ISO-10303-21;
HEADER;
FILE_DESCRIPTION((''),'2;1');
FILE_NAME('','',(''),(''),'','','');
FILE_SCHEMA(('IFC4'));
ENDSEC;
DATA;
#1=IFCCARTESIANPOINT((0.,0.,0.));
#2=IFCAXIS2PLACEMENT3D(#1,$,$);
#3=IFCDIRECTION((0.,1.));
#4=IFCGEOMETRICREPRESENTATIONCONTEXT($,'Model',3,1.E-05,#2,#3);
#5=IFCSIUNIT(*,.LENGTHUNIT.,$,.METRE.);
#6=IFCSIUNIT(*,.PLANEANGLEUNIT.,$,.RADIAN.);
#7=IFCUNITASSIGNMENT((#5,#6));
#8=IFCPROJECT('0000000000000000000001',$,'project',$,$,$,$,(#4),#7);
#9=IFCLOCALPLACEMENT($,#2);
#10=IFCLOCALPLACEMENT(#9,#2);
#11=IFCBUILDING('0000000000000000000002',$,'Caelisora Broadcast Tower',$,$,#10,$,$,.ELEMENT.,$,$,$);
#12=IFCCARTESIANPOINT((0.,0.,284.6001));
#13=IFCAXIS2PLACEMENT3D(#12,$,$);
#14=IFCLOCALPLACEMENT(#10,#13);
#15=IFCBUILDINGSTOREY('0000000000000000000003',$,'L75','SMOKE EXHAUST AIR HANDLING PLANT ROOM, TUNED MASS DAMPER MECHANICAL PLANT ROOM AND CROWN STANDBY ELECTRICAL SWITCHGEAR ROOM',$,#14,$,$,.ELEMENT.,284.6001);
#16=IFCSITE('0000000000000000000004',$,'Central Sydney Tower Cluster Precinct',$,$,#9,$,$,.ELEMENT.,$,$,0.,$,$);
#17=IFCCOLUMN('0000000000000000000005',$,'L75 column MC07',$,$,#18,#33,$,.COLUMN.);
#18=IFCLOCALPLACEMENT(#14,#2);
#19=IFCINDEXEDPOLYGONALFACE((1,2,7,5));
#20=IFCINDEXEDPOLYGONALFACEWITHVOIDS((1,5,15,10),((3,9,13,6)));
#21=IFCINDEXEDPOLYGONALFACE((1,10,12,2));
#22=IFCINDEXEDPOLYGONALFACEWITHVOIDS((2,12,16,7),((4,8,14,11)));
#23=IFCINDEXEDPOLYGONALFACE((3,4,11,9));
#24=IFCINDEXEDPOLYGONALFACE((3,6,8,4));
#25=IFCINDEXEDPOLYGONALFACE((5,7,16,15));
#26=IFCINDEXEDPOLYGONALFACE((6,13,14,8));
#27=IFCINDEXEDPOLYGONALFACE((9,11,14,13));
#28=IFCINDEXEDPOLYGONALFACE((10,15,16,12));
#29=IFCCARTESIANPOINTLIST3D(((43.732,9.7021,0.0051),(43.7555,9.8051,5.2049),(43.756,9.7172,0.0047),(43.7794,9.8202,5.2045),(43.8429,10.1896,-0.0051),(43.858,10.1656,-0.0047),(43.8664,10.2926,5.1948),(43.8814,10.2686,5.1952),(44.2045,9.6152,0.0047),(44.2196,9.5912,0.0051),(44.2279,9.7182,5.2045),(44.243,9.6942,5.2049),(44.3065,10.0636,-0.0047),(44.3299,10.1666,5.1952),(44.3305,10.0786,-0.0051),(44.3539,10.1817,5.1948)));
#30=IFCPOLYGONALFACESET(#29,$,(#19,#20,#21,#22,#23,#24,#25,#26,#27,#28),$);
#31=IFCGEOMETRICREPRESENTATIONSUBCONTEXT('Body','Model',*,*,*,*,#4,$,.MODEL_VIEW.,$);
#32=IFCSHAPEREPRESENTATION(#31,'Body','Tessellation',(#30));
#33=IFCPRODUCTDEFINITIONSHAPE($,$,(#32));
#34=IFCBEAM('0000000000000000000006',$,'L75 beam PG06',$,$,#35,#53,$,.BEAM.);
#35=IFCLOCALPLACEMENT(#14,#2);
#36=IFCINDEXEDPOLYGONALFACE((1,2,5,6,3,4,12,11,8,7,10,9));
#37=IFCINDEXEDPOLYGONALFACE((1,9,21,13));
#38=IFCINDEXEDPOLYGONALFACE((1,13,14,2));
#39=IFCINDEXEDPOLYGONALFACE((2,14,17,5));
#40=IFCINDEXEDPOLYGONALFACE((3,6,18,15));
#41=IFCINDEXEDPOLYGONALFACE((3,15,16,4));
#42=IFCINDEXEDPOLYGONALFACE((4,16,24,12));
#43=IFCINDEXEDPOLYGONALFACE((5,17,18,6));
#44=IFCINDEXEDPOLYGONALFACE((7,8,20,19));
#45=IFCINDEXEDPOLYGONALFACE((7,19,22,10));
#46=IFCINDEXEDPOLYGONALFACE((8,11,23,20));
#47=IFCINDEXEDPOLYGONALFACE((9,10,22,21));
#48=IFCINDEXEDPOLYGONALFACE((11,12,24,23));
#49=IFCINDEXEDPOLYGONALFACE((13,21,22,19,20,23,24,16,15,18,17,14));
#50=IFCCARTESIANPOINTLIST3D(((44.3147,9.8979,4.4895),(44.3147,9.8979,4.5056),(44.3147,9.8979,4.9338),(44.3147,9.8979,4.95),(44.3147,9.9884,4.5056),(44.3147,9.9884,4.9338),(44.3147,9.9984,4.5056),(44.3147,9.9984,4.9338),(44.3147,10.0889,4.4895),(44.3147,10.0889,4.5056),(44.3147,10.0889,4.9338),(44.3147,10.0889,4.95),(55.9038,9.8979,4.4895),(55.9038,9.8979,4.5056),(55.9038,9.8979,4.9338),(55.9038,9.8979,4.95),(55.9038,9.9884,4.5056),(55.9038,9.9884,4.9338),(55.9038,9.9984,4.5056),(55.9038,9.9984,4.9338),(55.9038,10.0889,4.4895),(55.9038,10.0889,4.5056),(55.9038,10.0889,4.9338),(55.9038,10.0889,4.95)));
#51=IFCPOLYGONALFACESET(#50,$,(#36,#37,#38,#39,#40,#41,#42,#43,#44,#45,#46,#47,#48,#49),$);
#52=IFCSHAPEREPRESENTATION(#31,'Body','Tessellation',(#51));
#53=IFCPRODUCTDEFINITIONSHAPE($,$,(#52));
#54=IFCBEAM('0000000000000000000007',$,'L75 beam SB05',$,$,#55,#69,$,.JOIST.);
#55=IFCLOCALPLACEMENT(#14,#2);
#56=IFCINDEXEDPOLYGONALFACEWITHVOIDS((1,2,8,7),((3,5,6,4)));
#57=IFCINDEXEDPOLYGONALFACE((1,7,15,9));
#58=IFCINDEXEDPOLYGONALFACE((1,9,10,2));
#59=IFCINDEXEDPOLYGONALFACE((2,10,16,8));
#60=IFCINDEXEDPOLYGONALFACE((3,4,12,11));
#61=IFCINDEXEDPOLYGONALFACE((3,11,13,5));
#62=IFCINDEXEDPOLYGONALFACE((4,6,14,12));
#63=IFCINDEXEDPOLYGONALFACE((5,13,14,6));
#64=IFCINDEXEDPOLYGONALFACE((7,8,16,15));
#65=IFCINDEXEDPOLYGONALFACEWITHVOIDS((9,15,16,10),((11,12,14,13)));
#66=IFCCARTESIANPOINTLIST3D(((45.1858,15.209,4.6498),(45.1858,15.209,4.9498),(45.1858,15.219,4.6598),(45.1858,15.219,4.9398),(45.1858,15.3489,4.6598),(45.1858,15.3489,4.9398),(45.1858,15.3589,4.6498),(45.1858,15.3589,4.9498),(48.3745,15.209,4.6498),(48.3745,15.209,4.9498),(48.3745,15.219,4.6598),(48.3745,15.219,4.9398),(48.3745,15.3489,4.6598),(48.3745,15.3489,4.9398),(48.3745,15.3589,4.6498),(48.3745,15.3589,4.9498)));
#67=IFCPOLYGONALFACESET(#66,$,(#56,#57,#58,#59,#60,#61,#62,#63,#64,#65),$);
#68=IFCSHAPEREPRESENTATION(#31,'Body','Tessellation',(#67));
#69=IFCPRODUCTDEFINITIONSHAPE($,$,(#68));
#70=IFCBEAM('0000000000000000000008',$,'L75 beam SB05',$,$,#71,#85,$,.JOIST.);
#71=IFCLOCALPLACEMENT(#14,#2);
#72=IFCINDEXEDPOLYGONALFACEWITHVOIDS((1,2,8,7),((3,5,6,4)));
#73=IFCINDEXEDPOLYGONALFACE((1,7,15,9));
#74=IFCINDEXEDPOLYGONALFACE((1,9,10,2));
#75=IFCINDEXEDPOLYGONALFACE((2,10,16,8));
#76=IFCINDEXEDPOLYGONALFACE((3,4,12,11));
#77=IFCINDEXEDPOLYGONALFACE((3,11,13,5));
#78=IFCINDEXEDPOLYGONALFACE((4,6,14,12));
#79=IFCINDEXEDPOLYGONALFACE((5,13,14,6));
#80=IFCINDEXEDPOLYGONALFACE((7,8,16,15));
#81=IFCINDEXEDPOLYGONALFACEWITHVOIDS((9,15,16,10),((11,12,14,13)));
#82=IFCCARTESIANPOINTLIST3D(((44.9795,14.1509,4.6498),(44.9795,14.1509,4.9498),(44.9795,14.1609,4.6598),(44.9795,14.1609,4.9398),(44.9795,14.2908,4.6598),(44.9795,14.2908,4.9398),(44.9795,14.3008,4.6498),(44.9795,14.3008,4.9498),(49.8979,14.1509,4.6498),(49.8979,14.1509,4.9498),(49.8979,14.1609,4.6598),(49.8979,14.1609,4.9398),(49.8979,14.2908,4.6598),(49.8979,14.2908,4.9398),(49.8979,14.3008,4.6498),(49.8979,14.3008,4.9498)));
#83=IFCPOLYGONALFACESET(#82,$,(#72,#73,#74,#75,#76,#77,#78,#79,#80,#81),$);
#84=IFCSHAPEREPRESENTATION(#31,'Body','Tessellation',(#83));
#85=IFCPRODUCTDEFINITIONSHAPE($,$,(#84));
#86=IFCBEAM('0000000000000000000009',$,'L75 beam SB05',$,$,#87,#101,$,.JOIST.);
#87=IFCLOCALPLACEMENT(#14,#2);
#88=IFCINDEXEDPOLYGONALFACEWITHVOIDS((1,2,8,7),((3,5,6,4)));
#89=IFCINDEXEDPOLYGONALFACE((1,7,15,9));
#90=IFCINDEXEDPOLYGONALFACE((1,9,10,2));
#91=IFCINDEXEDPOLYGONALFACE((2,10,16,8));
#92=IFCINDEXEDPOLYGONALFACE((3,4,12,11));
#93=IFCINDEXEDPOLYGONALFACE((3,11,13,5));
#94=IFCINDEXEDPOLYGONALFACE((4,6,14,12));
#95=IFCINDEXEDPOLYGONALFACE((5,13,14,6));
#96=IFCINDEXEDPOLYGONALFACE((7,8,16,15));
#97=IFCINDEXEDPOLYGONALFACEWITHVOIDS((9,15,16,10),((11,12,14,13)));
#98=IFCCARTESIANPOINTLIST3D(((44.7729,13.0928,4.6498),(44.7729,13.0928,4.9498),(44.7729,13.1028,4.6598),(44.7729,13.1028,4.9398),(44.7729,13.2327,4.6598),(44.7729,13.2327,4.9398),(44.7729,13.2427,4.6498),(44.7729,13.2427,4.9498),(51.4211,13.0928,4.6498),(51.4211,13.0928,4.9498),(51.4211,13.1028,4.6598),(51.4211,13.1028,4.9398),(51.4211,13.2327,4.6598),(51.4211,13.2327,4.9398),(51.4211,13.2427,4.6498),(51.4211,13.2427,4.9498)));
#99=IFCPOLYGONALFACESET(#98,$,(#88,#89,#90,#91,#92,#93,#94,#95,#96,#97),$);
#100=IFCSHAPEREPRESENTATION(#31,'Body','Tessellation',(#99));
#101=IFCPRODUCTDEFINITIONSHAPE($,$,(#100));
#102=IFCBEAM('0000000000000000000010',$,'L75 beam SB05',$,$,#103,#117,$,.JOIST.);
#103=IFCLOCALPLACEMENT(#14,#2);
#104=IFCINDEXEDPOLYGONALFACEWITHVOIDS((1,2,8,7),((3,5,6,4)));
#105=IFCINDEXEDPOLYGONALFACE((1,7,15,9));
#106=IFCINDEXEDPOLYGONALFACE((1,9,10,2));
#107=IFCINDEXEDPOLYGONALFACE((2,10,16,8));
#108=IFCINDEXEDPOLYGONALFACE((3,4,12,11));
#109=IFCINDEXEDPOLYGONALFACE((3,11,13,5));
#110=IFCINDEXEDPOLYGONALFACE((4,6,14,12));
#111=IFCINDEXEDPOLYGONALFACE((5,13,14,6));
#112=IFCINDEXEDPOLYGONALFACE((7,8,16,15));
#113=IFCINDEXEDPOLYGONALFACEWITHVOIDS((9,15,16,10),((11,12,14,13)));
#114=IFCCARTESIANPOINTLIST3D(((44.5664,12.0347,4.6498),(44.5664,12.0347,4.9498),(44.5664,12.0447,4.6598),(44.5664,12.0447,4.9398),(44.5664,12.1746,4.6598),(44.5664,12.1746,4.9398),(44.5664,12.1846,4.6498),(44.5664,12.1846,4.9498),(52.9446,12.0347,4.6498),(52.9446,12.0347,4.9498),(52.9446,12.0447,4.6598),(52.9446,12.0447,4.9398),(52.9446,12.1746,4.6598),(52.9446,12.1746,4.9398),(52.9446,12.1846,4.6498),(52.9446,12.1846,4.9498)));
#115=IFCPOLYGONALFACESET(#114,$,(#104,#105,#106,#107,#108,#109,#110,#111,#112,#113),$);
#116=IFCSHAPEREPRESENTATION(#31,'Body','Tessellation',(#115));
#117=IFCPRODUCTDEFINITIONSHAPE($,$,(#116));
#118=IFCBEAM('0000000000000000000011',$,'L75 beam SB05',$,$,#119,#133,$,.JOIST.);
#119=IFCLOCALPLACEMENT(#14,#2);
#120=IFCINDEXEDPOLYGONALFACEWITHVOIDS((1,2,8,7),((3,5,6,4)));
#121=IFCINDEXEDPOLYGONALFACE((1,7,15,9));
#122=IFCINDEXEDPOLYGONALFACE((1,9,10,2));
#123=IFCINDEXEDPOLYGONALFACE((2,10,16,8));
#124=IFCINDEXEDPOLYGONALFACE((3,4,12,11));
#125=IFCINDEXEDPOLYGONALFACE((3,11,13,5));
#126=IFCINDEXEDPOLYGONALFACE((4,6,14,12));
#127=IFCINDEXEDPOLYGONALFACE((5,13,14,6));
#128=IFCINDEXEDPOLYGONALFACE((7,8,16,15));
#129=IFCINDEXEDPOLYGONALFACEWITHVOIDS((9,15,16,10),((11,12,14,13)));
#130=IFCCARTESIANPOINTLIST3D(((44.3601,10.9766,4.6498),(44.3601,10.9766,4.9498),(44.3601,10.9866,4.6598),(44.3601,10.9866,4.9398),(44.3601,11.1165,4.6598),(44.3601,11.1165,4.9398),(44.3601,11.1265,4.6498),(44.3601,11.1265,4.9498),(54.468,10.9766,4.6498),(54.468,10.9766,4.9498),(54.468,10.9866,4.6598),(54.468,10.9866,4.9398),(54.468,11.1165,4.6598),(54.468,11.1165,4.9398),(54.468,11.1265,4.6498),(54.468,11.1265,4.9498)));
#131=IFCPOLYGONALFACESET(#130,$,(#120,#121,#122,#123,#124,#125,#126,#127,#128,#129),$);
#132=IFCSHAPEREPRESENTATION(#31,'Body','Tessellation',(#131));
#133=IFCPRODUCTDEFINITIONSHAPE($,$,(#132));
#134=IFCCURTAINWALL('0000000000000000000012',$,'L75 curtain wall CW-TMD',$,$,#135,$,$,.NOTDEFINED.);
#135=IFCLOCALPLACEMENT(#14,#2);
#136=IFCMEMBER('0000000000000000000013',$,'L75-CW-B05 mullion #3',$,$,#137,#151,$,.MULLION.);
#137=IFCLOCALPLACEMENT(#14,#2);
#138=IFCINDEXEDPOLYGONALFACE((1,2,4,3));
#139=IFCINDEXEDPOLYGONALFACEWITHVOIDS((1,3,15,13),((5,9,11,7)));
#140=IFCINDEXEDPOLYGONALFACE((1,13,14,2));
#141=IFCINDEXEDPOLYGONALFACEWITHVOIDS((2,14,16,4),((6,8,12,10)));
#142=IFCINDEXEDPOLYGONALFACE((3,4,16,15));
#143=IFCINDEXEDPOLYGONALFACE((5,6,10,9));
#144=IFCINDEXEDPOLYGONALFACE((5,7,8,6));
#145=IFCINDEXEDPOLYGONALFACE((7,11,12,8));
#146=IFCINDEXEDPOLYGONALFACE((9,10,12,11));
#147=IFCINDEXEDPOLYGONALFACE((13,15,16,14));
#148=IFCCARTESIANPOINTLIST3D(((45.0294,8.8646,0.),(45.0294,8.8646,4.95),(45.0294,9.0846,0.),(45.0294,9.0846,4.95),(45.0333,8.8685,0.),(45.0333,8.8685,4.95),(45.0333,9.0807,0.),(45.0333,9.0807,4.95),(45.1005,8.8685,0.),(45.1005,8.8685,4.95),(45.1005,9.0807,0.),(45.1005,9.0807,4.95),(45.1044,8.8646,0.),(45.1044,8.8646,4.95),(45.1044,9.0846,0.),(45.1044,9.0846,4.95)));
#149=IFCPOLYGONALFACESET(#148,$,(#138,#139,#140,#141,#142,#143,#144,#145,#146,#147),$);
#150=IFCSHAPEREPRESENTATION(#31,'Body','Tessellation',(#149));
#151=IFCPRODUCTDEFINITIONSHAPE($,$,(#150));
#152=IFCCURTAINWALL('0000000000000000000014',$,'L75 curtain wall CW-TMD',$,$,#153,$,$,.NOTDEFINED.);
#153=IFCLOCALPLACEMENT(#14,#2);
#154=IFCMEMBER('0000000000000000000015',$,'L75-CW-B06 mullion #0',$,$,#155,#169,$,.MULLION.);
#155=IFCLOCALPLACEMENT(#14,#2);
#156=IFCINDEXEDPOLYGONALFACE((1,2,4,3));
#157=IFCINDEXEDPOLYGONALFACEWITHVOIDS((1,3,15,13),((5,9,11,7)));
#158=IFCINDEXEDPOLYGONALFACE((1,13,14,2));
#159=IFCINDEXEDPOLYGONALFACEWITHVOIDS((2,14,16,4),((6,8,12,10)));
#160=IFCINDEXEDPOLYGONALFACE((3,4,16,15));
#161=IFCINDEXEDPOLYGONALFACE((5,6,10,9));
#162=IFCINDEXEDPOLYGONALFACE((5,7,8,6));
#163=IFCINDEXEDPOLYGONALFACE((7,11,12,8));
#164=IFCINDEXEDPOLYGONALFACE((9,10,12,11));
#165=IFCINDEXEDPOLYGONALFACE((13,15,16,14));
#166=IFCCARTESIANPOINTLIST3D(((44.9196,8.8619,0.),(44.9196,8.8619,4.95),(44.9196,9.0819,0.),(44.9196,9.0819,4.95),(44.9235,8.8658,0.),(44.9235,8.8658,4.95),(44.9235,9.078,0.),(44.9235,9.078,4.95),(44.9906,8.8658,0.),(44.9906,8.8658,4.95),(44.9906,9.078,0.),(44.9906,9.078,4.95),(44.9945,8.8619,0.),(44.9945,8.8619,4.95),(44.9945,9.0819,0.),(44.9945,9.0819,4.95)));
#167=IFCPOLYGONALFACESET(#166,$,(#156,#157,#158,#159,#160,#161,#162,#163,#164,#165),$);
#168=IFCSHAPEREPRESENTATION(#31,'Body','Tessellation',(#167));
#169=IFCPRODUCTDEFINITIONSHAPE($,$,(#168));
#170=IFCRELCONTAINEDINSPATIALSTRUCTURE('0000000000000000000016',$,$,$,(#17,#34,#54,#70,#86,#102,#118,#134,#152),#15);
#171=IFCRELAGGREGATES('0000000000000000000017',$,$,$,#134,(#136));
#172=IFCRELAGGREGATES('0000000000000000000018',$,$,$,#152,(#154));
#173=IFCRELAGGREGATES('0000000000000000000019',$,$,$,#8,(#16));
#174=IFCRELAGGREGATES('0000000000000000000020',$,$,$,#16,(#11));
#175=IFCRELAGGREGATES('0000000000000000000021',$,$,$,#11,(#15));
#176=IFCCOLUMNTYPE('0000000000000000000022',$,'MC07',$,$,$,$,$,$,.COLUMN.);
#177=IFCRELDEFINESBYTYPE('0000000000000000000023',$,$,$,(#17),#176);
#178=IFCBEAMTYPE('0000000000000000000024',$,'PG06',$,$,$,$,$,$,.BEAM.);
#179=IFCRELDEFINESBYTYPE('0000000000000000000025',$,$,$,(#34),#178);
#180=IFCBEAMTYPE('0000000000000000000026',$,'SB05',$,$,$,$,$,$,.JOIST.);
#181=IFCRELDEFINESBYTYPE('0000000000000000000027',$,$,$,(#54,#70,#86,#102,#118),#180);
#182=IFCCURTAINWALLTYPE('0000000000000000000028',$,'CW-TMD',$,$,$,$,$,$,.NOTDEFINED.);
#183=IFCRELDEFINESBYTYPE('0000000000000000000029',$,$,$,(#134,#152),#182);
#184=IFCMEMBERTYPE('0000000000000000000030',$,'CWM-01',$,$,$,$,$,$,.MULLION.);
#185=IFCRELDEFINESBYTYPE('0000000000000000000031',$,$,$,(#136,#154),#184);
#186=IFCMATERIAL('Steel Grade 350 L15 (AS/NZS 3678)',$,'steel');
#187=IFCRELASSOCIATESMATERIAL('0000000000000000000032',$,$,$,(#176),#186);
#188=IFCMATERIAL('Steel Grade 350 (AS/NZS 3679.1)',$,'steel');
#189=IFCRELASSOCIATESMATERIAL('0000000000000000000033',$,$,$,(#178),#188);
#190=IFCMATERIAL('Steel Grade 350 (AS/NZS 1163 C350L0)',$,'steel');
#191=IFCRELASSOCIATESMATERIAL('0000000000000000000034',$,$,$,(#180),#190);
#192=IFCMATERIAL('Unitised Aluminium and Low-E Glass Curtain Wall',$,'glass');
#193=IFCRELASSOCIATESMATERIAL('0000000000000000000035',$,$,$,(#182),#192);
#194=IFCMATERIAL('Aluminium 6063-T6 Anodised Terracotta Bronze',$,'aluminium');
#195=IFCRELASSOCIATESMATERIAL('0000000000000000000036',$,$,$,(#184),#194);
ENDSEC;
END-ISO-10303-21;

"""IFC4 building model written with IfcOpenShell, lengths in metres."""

from ifc_helpers import new_model, si_unit, direction, frame, origin, origin_2d, place, context, subcontext, project, spatial, hollow_rectangle, i_section, extrude, source, transform, mapped, material, material_profile, profile_set, type_object, type_shapes, element, aggregate, save


model = new_model("IFC4")

# Units and contexts
model_context = context("Model", 3, precision=1e-05, world=origin(), true_north=direction((0.0, 1.0)))
body_context = subcontext(model_context, "Body", "Model", "MODEL_VIEW")
ifc_project = project(units=[si_unit("LENGTHUNIT", "METRE"), si_unit("PLANEANGLEUNIT", "RADIAN")], contexts=[model_context])

# Site, building, storey
site_placement = place(None, origin())
site = spatial("IfcSite", under=ifc_project, at=site_placement, Name="Central Sydney Tower Cluster Precinct", CompositionType="ELEMENT", RefElevation=0.0)
building_placement = place(site_placement, origin())
building = spatial("IfcBuilding", under=site, at=building_placement, Name="Caelisora Broadcast Tower", CompositionType="ELEMENT")
storey_placement = place(building_placement, frame((0.0, 0.0, 284.6001)))
storey = spatial("IfcBuildingStorey", under=building, at=storey_placement, Name="L75", Description="SMOKE EXHAUST AIR HANDLING PLANT ROOM, TUNED MASS DAMPER MECHANICAL PLANT ROOM AND CROWN STANDBY ELECTRICAL SWITCHGEAR ROOM", CompositionType="ELEMENT", Elevation=284.6001)

# Column
ifc_material_1 = material(Name="Steel Grade 350 L15 (AS/NZS 3678)", Category="steel")
ifc_material_profile_1 = material_profile(ifc_material_1, hollow_rectangle(XDim=0.5, YDim=0.5, WallThickness=0.02, at=origin_2d()), Name="Steel Grade 350 L15 (AS/NZS 3678)")
ifc_profile_set_1 = profile_set([ifc_material_profile_1], Name="Steel Grade 350 L15 (AS/NZS 3678)")
column_type = type_object("IfcColumnType", Name="MC07", PredefinedType="COLUMN", material=ifc_profile_set_1)
shared_shape_1 = source(origin(), body_context, "Body", "SweptSolid", [
    extrude(hollow_rectangle(XDim=0.5, YDim=0.5, WallThickness=0.02, at=origin_2d()), origin(), (0.0, 0.0, 1.0), 5.2009),
])
type_shapes(column_type, [shared_shape_1])
column_placement = place(storey_placement, frame((44.0312, 9.8904, 0.0), z_axis=(0.004506, 0.019809, 0.999794), x_axis=(-0.975087, 0.221821, 0.0)))
element("IfcColumn", 1, at=column_placement, inside=storey, type_object=column_type, Name="L75 column MC07", PredefinedType="COLUMN", context=body_context, shape_type="MappedRepresentation", body=[
    mapped(shared_shape_1, transform((0.0, 0.0, 0.0), scale=1.0)),
])

# Beams
ifc_material_2 = material(Name="Steel Grade 350 (AS/NZS 3679.1)", Category="steel")
ifc_material_profile_2 = material_profile(ifc_material_2, i_section(OverallWidth=0.1909, OverallDepth=0.4604, WebThickness=0.01, FlangeThickness=0.0161, at=origin_2d()), Name="Steel Grade 350 (AS/NZS 3679.1)")
ifc_profile_set_2 = profile_set([ifc_material_profile_2], Name="Steel Grade 350 (AS/NZS 3679.1)")
beam_type_1 = type_object("IfcBeamType", Name="PG06", PredefinedType="BEAM", material=ifc_profile_set_2)
shared_shape_2 = source(origin(), body_context, "Body", "SweptSolid", [
    extrude(i_section(OverallWidth=0.1909, OverallDepth=0.4604, WebThickness=0.01, FlangeThickness=0.0161, at=origin_2d()), origin(), (0.0, 0.0, 1.0), 11.5891),
])
type_shapes(beam_type_1, [shared_shape_2])
beam_1_placement = place(storey_placement, frame((44.3147, 9.9934, 4.7197), z_axis=(1.0, 0.0, 0.0), x_axis=(0.0, 1.0, 0.0)))
element("IfcBeam", 2, at=beam_1_placement, inside=storey, type_object=beam_type_1, Name="L75 beam PG06", PredefinedType="BEAM", context=body_context, shape_type="MappedRepresentation", body=[
    mapped(shared_shape_2, transform((0.0, 0.0, 0.0), scale=1.0)),
])
ifc_material_3 = material(Name="Steel Grade 350 (AS/NZS 1163 C350L0)", Category="steel")
ifc_material_profile_3 = material_profile(ifc_material_3, hollow_rectangle(XDim=0.1499, YDim=0.3, WallThickness=0.01, at=origin_2d()), Name="Steel Grade 350 (AS/NZS 1163 C350L0)")
ifc_profile_set_3 = profile_set([ifc_material_profile_3], Name="Steel Grade 350 (AS/NZS 1163 C350L0)")
beam_type_2 = type_object("IfcBeamType", Name="SB05", PredefinedType="JOIST", material=ifc_profile_set_3)
shared_shape_3 = source(origin(), body_context, "Body", "SweptSolid", [
    extrude(hollow_rectangle(XDim=0.1499, YDim=0.3, WallThickness=0.01, at=origin_2d()), origin(), (0.0, 0.0, 1.0), 3.1887),
])
beam_2_placement = place(storey_placement, frame((45.1858, 15.2839, 4.7998), z_axis=(1.0, 0.0, 0.0), x_axis=(0.0, 1.0, 0.0)))
element("IfcBeam", 3, at=beam_2_placement, inside=storey, type_object=beam_type_2, Name="L75 beam SB05", PredefinedType="JOIST", context=body_context, shape_type="MappedRepresentation", body=[
    mapped(shared_shape_3, transform((0.0, 0.0, 0.0), scale=1.0)),
])
shared_shape_4 = source(origin(), body_context, "Body", "SweptSolid", [
    extrude(hollow_rectangle(XDim=0.1499, YDim=0.3, WallThickness=0.01, at=origin_2d()), origin(), (0.0, 0.0, 1.0), 4.9185),
])
beam_3_placement = place(storey_placement, frame((44.9795, 14.2258, 4.7998), z_axis=(1.0, 0.0, 0.0), x_axis=(0.0, 1.0, 0.0)))
element("IfcBeam", 4, at=beam_3_placement, inside=storey, type_object=beam_type_2, Name="L75 beam SB05", PredefinedType="JOIST", context=body_context, shape_type="MappedRepresentation", body=[
    mapped(shared_shape_4, transform((0.0, 0.0, 0.0), scale=1.0)),
])
shared_shape_5 = source(origin(), body_context, "Body", "SweptSolid", [
    extrude(hollow_rectangle(XDim=0.1499, YDim=0.3, WallThickness=0.01, at=origin_2d()), origin(), (0.0, 0.0, 1.0), 6.6482),
])
beam_4_placement = place(storey_placement, frame((44.7729, 13.1677, 4.7998), z_axis=(1.0, 0.0, 0.0), x_axis=(0.0, 1.0, 0.0)))
element("IfcBeam", 5, at=beam_4_placement, inside=storey, type_object=beam_type_2, Name="L75 beam SB05", PredefinedType="JOIST", context=body_context, shape_type="MappedRepresentation", body=[
    mapped(shared_shape_5, transform((0.0, 0.0, 0.0), scale=1.0)),
])
shared_shape_6 = source(origin(), body_context, "Body", "SweptSolid", [
    extrude(hollow_rectangle(XDim=0.1499, YDim=0.3, WallThickness=0.01, at=origin_2d()), origin(), (0.0, 0.0, 1.0), 8.3782),
])
beam_5_placement = place(storey_placement, frame((44.5664, 12.1096, 4.7998), z_axis=(1.0, 0.0, 0.0), x_axis=(0.0, 1.0, 0.0)))
element("IfcBeam", 6, at=beam_5_placement, inside=storey, type_object=beam_type_2, Name="L75 beam SB05", PredefinedType="JOIST", context=body_context, shape_type="MappedRepresentation", body=[
    mapped(shared_shape_6, transform((0.0, 0.0, 0.0), scale=1.0)),
])
shared_shape_7 = source(origin(), body_context, "Body", "SweptSolid", [
    extrude(hollow_rectangle(XDim=0.1499, YDim=0.3, WallThickness=0.01, at=origin_2d()), origin(), (0.0, 0.0, 1.0), 10.1079),
])
type_shapes(beam_type_2, [shared_shape_3, shared_shape_4, shared_shape_5, shared_shape_6, shared_shape_7])
beam_6_placement = place(storey_placement, frame((44.3601, 11.0515, 4.7998), z_axis=(1.0, 0.0, 0.0), x_axis=(0.0, 1.0, 0.0)))
element("IfcBeam", 7, at=beam_6_placement, inside=storey, type_object=beam_type_2, Name="L75 beam SB05", PredefinedType="JOIST", context=body_context, shape_type="MappedRepresentation", body=[
    mapped(shared_shape_7, transform((0.0, 0.0, 0.0), scale=1.0)),
])

# Curtain wall, member
ifc_material_4 = material(Name="Unitised Aluminium and Low-E Glass Curtain Wall", Category="glass")
curtain_wall_type = type_object("IfcCurtainWallType", Name="CW-TMD", PredefinedType="NOTDEFINED", material=ifc_material_4)
curtain_wall_1_placement = place(storey_placement, origin())
curtain_wall_1 = element("IfcCurtainWall", 8, at=curtain_wall_1_placement, inside=storey, type_object=curtain_wall_type, Name="L75 curtain wall CW-TMD", PredefinedType="NOTDEFINED")
ifc_material_5 = material(Name="Aluminium 6063-T6 Anodised Terracotta Bronze", Category="aluminium")
ifc_material_profile_4 = material_profile(ifc_material_5, hollow_rectangle(XDim=0.075, YDim=0.22, WallThickness=0.0039, at=origin_2d()), Name="Aluminium 6063-T6 Anodised Terracotta Bronze")
ifc_profile_set_4 = profile_set([ifc_material_profile_4], Name="Aluminium 6063-T6 Anodised Terracotta Bronze")
member_type_1 = type_object("IfcMemberType", Name="CWM-01", PredefinedType="MULLION", material=ifc_profile_set_4)
shared_shape_8 = source(origin(), body_context, "Body", "SweptSolid", [
    extrude(hollow_rectangle(XDim=0.075, YDim=0.22, WallThickness=0.0039, at=origin_2d()), origin(), (0.0, 0.0, 1.0), 4.95),
])
type_shapes(member_type_1, [shared_shape_8])
member_1_placement = place(storey_placement, frame((45.0669, 8.9746, 0.0), z_axis=(0.0, 0.0, 1.0), x_axis=(1.0, 0.0, 0.0)))
member_1 = element("IfcMember", 9, at=member_1_placement, type_object=member_type_1, Name="L75-CW-B05 mullion #3", PredefinedType="MULLION", context=body_context, shape_type="MappedRepresentation", body=[
    mapped(shared_shape_8, transform((0.0, 0.0, 0.0), scale=1.0)),
])
aggregate(curtain_wall_1, [member_1])

# Curtain wall, member
curtain_wall_2_placement = place(storey_placement, origin())
curtain_wall_2 = element("IfcCurtainWall", 10, at=curtain_wall_2_placement, inside=storey, type_object=curtain_wall_type, Name="L75 curtain wall CW-TMD", PredefinedType="NOTDEFINED")
member_2_placement = place(storey_placement, frame((44.957, 8.9719, 0.0), z_axis=(0.0, 0.0, 1.0), x_axis=(1.0, 0.0, 0.0)))
member_2 = element("IfcMember", 11, at=member_2_placement, type_object=member_type_1, Name="L75-CW-B06 mullion #0", PredefinedType="MULLION", context=body_context, shape_type="MappedRepresentation", body=[
    mapped(shared_shape_8, transform((0.0, 0.0, 0.0), scale=1.0)),
])

aggregate(curtain_wall_2, [member_2])

save(model, "model.ifc")
